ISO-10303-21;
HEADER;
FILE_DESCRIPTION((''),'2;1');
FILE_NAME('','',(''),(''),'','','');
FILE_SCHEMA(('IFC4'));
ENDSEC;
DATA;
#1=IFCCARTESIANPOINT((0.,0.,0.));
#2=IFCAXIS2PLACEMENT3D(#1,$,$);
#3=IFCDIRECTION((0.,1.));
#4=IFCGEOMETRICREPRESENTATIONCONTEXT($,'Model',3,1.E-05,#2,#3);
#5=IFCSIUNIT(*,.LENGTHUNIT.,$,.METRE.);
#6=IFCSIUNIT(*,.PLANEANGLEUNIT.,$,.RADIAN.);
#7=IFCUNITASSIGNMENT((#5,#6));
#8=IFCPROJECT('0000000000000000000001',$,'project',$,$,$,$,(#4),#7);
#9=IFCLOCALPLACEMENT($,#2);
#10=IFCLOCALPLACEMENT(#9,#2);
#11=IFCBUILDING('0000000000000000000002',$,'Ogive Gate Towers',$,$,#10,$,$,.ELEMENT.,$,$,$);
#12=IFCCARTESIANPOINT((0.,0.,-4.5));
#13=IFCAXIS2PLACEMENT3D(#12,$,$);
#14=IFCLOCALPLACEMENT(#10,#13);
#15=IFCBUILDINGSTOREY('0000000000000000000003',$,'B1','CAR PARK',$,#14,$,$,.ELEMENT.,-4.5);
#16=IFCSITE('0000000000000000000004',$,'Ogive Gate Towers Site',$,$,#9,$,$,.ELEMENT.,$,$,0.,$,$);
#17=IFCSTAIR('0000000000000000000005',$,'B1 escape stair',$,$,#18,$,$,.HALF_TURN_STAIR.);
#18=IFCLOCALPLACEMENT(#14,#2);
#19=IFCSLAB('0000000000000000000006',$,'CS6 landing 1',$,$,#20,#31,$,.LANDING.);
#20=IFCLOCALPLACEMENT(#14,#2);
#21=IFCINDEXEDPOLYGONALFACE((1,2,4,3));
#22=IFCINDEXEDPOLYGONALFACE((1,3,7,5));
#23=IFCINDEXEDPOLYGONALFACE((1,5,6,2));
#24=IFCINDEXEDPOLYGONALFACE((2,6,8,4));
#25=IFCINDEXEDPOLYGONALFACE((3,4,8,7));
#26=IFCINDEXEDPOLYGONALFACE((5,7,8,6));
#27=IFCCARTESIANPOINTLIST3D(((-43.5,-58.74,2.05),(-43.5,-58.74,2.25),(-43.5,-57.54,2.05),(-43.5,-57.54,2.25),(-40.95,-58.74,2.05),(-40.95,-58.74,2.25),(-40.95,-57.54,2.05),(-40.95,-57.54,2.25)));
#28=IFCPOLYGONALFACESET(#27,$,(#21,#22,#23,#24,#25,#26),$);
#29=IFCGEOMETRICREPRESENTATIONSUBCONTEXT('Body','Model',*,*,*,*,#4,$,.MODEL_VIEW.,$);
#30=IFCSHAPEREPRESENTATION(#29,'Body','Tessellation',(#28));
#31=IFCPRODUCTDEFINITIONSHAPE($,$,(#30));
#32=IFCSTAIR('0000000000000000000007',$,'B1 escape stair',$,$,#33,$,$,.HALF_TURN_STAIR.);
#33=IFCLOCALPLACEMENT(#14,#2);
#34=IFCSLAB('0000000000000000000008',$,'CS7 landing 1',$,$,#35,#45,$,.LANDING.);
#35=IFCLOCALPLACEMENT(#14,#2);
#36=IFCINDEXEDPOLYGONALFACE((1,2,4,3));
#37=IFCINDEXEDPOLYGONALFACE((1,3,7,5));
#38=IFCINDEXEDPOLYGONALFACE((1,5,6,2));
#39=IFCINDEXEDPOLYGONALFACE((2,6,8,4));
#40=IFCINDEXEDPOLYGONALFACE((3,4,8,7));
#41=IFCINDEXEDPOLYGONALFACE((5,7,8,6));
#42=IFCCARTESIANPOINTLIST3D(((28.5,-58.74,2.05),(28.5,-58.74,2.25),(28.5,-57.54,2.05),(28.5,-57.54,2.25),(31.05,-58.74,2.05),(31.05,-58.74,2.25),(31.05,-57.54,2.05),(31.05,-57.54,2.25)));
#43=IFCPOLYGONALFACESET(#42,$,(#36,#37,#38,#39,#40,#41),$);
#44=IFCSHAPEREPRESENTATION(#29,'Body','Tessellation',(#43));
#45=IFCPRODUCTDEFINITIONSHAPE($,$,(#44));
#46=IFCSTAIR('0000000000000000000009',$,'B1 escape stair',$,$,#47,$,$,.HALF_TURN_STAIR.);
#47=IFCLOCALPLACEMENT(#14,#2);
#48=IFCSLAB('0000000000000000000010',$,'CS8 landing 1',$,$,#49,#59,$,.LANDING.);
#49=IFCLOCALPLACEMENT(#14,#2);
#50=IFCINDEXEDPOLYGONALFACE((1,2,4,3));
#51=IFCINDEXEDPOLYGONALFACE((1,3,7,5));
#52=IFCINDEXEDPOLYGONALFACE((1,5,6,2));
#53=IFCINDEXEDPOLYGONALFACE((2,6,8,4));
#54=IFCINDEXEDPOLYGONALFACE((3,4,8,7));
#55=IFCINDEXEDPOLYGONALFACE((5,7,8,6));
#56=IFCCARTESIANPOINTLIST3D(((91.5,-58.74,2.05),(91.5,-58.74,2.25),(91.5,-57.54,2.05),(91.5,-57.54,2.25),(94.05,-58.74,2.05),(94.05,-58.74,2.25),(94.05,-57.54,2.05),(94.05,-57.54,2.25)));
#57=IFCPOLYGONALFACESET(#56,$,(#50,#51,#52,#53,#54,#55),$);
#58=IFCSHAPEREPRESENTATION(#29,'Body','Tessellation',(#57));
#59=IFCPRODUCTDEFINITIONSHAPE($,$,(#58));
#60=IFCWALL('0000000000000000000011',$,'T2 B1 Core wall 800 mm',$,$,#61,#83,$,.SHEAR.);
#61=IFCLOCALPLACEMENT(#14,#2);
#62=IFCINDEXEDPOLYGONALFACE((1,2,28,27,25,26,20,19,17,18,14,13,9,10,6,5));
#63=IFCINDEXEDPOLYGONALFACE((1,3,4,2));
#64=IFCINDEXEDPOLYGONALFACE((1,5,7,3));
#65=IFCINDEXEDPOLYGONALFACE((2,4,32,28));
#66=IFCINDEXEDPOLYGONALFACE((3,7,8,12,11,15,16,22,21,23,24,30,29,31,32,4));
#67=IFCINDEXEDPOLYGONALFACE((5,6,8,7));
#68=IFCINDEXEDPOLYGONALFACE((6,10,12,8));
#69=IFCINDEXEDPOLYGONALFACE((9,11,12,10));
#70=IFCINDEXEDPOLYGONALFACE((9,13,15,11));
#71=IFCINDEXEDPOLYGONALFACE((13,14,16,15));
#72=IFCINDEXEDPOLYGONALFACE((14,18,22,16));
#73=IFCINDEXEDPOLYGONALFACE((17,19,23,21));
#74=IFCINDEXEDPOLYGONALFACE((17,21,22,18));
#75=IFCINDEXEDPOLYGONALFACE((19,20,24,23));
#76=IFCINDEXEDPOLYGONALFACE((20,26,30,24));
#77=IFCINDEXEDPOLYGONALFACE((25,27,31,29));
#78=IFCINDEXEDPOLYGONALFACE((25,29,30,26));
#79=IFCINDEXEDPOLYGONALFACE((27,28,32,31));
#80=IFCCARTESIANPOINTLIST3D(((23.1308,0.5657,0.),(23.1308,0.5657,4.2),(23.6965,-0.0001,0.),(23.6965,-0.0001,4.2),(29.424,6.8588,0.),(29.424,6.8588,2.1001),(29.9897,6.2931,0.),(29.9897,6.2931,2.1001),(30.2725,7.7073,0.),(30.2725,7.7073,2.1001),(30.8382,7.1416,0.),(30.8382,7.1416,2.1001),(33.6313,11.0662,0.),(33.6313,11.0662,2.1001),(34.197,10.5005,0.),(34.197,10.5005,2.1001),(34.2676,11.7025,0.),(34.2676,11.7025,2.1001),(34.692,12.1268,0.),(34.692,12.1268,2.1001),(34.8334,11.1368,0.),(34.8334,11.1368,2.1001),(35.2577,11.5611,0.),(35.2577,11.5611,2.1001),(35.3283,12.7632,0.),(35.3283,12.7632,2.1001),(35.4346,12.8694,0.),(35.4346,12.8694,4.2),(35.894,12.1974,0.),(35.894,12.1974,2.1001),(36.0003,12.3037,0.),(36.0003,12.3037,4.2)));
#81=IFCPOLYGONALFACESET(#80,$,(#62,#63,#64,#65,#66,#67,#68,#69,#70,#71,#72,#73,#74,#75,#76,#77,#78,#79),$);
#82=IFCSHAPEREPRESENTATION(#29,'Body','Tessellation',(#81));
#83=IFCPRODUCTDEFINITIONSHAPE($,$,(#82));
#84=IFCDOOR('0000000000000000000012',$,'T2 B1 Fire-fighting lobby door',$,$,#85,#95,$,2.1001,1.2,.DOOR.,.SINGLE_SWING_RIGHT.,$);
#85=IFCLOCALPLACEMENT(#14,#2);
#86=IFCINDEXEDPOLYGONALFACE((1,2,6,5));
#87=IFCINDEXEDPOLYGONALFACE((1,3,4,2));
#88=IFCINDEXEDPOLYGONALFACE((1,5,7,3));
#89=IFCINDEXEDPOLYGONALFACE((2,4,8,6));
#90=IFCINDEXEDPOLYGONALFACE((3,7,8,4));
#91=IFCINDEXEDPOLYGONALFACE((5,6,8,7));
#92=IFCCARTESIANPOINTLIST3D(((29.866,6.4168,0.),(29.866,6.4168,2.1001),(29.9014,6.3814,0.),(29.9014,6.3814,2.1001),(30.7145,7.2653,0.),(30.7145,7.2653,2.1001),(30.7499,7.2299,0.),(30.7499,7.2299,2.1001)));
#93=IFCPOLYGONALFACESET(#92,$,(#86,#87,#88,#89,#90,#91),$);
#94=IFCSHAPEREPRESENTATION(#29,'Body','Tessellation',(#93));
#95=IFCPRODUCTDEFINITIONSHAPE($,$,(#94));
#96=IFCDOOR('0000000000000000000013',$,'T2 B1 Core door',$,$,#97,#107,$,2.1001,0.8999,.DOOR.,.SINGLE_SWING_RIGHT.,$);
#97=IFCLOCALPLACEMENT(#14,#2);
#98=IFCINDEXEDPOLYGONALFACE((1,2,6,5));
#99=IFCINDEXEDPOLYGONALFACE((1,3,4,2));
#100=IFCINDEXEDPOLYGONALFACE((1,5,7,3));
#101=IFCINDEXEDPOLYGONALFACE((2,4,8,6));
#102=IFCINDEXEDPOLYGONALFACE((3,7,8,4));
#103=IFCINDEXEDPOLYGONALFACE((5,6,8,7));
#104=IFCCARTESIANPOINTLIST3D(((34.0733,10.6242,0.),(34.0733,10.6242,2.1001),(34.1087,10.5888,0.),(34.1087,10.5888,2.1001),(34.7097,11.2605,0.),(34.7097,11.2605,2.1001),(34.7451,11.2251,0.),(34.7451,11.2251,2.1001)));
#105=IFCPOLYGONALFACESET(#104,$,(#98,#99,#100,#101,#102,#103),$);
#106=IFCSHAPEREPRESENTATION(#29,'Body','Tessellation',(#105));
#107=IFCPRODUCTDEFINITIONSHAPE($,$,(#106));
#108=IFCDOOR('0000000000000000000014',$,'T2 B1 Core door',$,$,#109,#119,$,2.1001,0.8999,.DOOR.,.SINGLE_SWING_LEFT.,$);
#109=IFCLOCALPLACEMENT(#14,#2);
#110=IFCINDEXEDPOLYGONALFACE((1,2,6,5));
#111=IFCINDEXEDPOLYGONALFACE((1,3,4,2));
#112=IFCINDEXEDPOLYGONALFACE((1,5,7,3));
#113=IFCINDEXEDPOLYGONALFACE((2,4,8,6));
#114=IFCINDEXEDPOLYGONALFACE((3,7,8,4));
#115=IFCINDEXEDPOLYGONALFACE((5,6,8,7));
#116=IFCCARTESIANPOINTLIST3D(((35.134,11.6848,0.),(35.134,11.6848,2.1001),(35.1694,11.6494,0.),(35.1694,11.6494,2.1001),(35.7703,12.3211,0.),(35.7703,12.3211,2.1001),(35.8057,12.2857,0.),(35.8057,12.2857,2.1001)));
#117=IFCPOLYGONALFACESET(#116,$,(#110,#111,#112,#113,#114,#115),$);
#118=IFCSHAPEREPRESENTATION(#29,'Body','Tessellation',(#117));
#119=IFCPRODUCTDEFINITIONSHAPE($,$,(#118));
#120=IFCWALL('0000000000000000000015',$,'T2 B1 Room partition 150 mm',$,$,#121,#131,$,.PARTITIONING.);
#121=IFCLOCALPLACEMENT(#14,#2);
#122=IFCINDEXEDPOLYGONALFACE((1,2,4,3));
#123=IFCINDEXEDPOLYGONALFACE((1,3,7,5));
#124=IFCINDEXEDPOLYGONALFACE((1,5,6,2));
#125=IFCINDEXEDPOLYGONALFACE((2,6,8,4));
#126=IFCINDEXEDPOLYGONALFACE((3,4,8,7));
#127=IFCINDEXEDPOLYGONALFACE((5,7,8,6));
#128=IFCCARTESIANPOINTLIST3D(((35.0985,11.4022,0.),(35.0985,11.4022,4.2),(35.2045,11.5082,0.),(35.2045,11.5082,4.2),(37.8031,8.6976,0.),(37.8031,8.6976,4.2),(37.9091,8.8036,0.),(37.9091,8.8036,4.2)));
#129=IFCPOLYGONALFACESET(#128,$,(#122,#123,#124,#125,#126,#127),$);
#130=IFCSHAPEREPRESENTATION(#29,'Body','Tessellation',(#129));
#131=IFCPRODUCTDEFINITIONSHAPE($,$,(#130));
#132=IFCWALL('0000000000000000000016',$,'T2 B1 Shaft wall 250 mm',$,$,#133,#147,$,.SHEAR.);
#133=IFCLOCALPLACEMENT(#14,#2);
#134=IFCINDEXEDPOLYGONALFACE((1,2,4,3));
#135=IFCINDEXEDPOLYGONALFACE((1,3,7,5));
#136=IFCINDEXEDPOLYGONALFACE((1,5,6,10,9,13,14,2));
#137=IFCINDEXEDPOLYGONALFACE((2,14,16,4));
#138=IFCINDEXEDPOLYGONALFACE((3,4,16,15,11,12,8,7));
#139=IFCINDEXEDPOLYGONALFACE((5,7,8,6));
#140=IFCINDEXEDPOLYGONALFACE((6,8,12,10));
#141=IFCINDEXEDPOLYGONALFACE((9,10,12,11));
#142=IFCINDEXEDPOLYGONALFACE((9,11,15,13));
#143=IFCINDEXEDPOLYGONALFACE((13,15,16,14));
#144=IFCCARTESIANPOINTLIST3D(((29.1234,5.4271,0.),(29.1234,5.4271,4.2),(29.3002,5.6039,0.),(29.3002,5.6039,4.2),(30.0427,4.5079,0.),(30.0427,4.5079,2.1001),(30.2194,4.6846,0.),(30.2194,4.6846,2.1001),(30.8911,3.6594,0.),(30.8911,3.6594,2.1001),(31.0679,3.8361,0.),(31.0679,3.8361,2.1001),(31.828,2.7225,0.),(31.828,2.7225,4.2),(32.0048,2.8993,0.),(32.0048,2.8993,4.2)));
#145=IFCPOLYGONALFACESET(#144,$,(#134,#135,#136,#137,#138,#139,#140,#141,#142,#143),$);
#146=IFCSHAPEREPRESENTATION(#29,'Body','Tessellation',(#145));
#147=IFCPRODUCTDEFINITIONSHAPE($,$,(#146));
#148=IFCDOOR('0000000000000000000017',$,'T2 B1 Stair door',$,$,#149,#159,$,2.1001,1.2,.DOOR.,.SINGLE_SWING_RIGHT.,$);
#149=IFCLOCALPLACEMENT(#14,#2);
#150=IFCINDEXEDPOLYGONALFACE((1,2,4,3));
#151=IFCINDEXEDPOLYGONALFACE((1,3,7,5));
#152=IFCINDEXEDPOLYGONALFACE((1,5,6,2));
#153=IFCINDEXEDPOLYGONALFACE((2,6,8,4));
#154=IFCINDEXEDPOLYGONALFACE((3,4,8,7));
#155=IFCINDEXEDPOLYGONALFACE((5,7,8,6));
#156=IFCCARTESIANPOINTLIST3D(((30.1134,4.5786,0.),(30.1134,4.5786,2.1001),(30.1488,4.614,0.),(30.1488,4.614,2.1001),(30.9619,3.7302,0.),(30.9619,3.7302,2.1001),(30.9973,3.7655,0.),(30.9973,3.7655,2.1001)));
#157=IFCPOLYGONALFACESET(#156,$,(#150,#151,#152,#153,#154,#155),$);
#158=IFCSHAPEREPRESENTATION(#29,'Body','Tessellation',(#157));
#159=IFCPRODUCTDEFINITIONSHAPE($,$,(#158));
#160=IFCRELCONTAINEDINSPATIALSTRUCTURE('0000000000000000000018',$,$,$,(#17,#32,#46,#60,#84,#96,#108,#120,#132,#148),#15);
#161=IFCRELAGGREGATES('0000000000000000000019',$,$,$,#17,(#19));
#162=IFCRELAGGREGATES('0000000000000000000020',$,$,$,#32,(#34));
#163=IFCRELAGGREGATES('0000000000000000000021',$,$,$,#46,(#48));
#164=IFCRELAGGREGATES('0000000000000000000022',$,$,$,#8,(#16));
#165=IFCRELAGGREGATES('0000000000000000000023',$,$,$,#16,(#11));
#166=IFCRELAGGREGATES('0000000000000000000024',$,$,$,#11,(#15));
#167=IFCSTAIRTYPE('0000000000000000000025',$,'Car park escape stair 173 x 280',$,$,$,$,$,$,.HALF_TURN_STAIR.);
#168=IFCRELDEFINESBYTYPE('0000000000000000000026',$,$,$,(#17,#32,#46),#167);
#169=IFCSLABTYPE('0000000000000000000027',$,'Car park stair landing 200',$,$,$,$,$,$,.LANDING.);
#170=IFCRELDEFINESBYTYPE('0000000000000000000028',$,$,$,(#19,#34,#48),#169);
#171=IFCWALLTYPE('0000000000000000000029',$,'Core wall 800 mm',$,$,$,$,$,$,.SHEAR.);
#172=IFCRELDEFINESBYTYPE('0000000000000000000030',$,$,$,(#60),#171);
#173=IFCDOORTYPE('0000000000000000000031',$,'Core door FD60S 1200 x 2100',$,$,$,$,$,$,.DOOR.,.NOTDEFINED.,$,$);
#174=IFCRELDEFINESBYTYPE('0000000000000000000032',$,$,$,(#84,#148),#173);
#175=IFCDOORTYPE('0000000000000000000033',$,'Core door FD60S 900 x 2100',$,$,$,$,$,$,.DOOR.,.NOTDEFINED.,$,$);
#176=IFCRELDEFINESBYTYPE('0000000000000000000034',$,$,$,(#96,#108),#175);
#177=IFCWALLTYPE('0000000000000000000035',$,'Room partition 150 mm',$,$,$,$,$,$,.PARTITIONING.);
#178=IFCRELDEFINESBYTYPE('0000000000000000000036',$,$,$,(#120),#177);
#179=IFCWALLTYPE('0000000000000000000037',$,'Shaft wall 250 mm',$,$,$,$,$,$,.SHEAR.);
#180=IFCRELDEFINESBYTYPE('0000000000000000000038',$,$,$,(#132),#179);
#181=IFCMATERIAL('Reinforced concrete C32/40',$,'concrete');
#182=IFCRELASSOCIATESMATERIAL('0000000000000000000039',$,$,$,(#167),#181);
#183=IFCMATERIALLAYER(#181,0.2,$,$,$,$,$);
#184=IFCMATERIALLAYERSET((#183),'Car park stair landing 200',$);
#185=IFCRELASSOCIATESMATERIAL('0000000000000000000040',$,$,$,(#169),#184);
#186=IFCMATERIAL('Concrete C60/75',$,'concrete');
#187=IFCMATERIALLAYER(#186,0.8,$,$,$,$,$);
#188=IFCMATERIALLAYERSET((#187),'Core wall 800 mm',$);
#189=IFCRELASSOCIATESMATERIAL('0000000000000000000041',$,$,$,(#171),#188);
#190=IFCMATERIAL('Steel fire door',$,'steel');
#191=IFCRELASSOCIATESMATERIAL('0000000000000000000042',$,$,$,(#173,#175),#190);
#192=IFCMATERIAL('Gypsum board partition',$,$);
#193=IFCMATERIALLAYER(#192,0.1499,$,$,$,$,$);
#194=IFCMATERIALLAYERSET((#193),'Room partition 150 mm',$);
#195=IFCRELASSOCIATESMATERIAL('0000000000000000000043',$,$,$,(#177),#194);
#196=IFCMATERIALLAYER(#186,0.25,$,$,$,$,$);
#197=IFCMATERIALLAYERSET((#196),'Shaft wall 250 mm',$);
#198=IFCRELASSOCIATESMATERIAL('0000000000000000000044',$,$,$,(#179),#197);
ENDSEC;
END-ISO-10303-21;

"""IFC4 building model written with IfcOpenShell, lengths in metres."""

from ifc_helpers import new_model, si_unit, direction, frame, frame_2d, origin, place, context, subcontext, project, spatial, polyline, rectangle, outline, extrude, material, layer, layer_set, type_object, element, fill, aggregate, save


model = new_model("IFC4")

# Units and contexts
model_context = context("Model", 3, precision=1e-05, world=origin(), true_north=direction((0.0, 1.0)))
body_context = subcontext(model_context, "Body", "Model", "MODEL_VIEW")
ifc_project = project(units=[si_unit("LENGTHUNIT", "METRE"), si_unit("PLANEANGLEUNIT", "RADIAN")], contexts=[model_context])

# Site, building, storey
site_placement = place(None, origin())
site = spatial("IfcSite", under=ifc_project, at=site_placement, Name="Ogive Gate Towers Site", CompositionType="ELEMENT", RefElevation=0.0)
building_placement = place(site_placement, origin())
building = spatial("IfcBuilding", under=site, at=building_placement, Name="Ogive Gate Towers", CompositionType="ELEMENT")
storey_placement = place(building_placement, frame((0.0, 0.0, -4.5)))
storey = spatial("IfcBuildingStorey", under=building, at=storey_placement, Name="B1", Description="CAR PARK", CompositionType="ELEMENT", Elevation=-4.5)

# Stairs, slabs
ifc_material_1 = material(Name="Reinforced concrete C32/40", Category="concrete")
stair_type_1 = type_object("IfcStairType", Name="Car park escape stair 173 x 280", PredefinedType="HALF_TURN_STAIR", material=ifc_material_1)
ifc_layer_1 = layer(ifc_material_1, 0.2)
ifc_layer_set_1 = layer_set([ifc_layer_1], Name="Car park stair landing 200")
slab_type = type_object("IfcSlabType", Name="Car park stair landing 200", PredefinedType="LANDING", material=ifc_layer_set_1)
stair_1_placement = place(storey_placement, origin())
stair_1 = element("IfcStair", 1, at=stair_1_placement, inside=storey, type_object=stair_type_1, Name="B1 escape stair", PredefinedType="HALF_TURN_STAIR")
slab_1_placement = place(storey_placement, frame((0.0, 0.0, 2.05)))
slab_1 = element("IfcSlab", 2, at=slab_1_placement, type_object=slab_type, Name="CS6 landing 1", PredefinedType="LANDING", context=body_context, shape_type="SweptSolid", body=[
    extrude(outline(polyline([(-40.95, -58.74), (-40.95, -57.54), (-43.5, -57.54), (-43.5, -58.74), (-40.95, -58.74)])), origin(), (0.0, 0.0, 1.0), 0.2),
])
aggregate(stair_1, [slab_1])
stair_2_placement = place(storey_placement, origin())
stair_2 = element("IfcStair", 3, at=stair_2_placement, inside=storey, type_object=stair_type_1, Name="B1 escape stair", PredefinedType="HALF_TURN_STAIR")
slab_2_placement = place(storey_placement, frame((0.0, 0.0, 2.05)))
slab_2 = element("IfcSlab", 4, at=slab_2_placement, type_object=slab_type, Name="CS7 landing 1", PredefinedType="LANDING", context=body_context, shape_type="SweptSolid", body=[
    extrude(outline(polyline([(31.05, -58.74), (31.05, -57.54), (28.5, -57.54), (28.5, -58.74), (31.05, -58.74)])), origin(), (0.0, 0.0, 1.0), 0.2),
])
aggregate(stair_2, [slab_2])
stair_3_placement = place(storey_placement, origin())
stair_3 = element("IfcStair", 5, at=stair_3_placement, inside=storey, type_object=stair_type_1, Name="B1 escape stair", PredefinedType="HALF_TURN_STAIR")
slab_3_placement = place(storey_placement, frame((0.0, 0.0, 2.05)))
slab_3 = element("IfcSlab", 6, at=slab_3_placement, type_object=slab_type, Name="CS8 landing 1", PredefinedType="LANDING", context=body_context, shape_type="SweptSolid", body=[
    extrude(outline(polyline([(94.05, -58.74), (94.05, -57.54), (91.5, -57.54), (91.5, -58.74), (94.05, -58.74)])), origin(), (0.0, 0.0, 1.0), 0.2),
])
aggregate(stair_3, [slab_3])

# Wall, openings, doors
ifc_material_2 = material(Name="Concrete C60/75", Category="concrete")
ifc_layer_2 = layer(ifc_material_2, 0.8)
ifc_layer_set_2 = layer_set([ifc_layer_2], Name="Core wall 800 mm")
wall_type_1 = type_object("IfcWallType", Name="Core wall 800 mm", PredefinedType="SHEAR", material=ifc_layer_set_2)
wall_1_placement = place(storey_placement, frame((23.4136, 0.2827, 0.0), z_axis=(0.0, 0.0, 1.0), x_axis=(0.707107, 0.707107, 0.0)))
wall_1 = element("IfcWall", 7, at=wall_1_placement, inside=storey, type_object=wall_type_1, Name="T2 B1 Core wall 800 mm", PredefinedType="SHEAR", context=body_context, shape_type="SweptSolid", body=[
    extrude(rectangle(XDim=17.4001, YDim=0.8, at=frame_2d((8.7002, 0.0))), origin(), (0.0, 0.0, 1.0), 4.2),
])
opening_1_placement = place(wall_1_placement, frame((8.8999, 0.0, 0.0)))
opening_1 = element("IfcOpeningElement", 8, at=opening_1_placement, cuts=wall_1, PredefinedType="OPENING", context=body_context, shape_type="SweptSolid", body=[
    extrude(rectangle(XDim=1.2, YDim=2.1001, at=frame_2d((0.6001, 1.05))), frame((0.0, 0.4102, 0.0), z_axis=(0.0, -1.0, 0.0), x_axis=(1.0, 0.0, 0.0)), (0.0, 0.0, 1.0), 0.8201),
])
opening_2_placement = place(wall_1_placement, frame((14.8501, 0.0, 0.0)))
opening_2 = element("IfcOpeningElement", 9, at=opening_2_placement, cuts=wall_1, PredefinedType="OPENING", context=body_context, shape_type="SweptSolid", body=[
    extrude(rectangle(XDim=0.8999, YDim=2.1001, at=frame_2d((0.45, 1.05))), frame((0.0, 0.4102, 0.0), z_axis=(0.0, -1.0, 0.0), x_axis=(1.0, 0.0, 0.0)), (0.0, 0.0, 1.0), 0.8201),
])
opening_3_placement = place(wall_1_placement, frame((16.3501, 0.0, 0.0)))
opening_3 = element("IfcOpeningElement", 10, at=opening_3_placement, cuts=wall_1, PredefinedType="OPENING", context=body_context, shape_type="SweptSolid", body=[
    extrude(rectangle(XDim=0.8999, YDim=2.1001, at=frame_2d((0.45, 1.05))), frame((0.0, 0.4102, 0.0), z_axis=(0.0, -1.0, 0.0), x_axis=(1.0, 0.0, 0.0)), (0.0, 0.0, 1.0), 0.8201),
])
ifc_material_3 = material(Name="Steel fire door", Category="steel")
door_type_1 = type_object("IfcDoorType", Name="Core door FD60S 1200 x 2100", OperationType="NOTDEFINED", PredefinedType="DOOR", material=ifc_material_3)
door_1_placement = place(opening_1_placement, origin())
door_1 = element("IfcDoor", 11, at=door_1_placement, inside=storey, type_object=door_type_1, Name="T2 B1 Fire-fighting lobby door", OperationType="SINGLE_SWING_RIGHT", OverallHeight=2.1001, OverallWidth=1.2, PredefinedType="DOOR", context=body_context, shape_type="SweptSolid", body=[
    extrude(rectangle(XDim=1.2, YDim=2.1001, at=frame_2d((0.6001, 1.05))), frame((0.0, -0.2251, 0.0), z_axis=(0.0, -1.0, 0.0), x_axis=(1.0, 0.0, 0.0)), (0.0, 0.0, 1.0), 0.05),
])
fill(opening_1, door_1)
door_type_2 = type_object("IfcDoorType", Name="Core door FD60S 900 x 2100", OperationType="NOTDEFINED", PredefinedType="DOOR", material=ifc_material_3)
door_2_placement = place(opening_2_placement, origin())
door_2 = element("IfcDoor", 12, at=door_2_placement, inside=storey, type_object=door_type_2, Name="T2 B1 Core door", OperationType="SINGLE_SWING_RIGHT", OverallHeight=2.1001, OverallWidth=0.8999, PredefinedType="DOOR", context=body_context, shape_type="SweptSolid", body=[
    extrude(rectangle(XDim=0.8999, YDim=2.1001, at=frame_2d((0.45, 1.05))), frame((0.0, -0.2251, 0.0), z_axis=(0.0, -1.0, 0.0), x_axis=(1.0, 0.0, 0.0)), (0.0, 0.0, 1.0), 0.05),
])
fill(opening_2, door_2)
door_3_placement = place(opening_3_placement, origin())
door_3 = element("IfcDoor", 13, at=door_3_placement, inside=storey, type_object=door_type_2, Name="T2 B1 Core door", OperationType="SINGLE_SWING_LEFT", OverallHeight=2.1001, OverallWidth=0.8999, PredefinedType="DOOR", context=body_context, shape_type="SweptSolid", body=[
    extrude(rectangle(XDim=0.8999, YDim=2.1001, at=frame_2d((0.45, 1.05))), frame((0.0, -0.2251, 0.0), z_axis=(0.0, -1.0, 0.0), x_axis=(1.0, 0.0, 0.0)), (0.0, 0.0, 1.0), 0.05),
])
fill(opening_3, door_3)

# Wall
ifc_material_4 = material(Name="Gypsum board partition")
ifc_layer_3 = layer(ifc_material_4, 0.1499)
ifc_layer_set_3 = layer_set([ifc_layer_3], Name="Room partition 150 mm")
wall_type_2 = type_object("IfcWallType", Name="Room partition 150 mm", PredefinedType="PARTITIONING", material=ifc_layer_set_3)
wall_2_placement = place(storey_placement, frame((37.8562, 8.7505, 0.0), z_axis=(0.0, 0.0, 1.0), x_axis=(-0.707107, 0.707107, 0.0)))
element("IfcWall", 14, at=wall_2_placement, inside=storey, type_object=wall_type_2, Name="T2 B1 Room partition 150 mm", PredefinedType="PARTITIONING", context=body_context, shape_type="SweptSolid", body=[
    extrude(rectangle(XDim=3.825, YDim=0.1499, at=frame_2d((1.9126, 0.0))), origin(), (0.0, 0.0, 1.0), 4.2),
])

# Wall, opening, door
ifc_layer_4 = layer(ifc_material_2, 0.25)
ifc_layer_set_4 = layer_set([ifc_layer_4], Name="Shaft wall 250 mm")
wall_type_3 = type_object("IfcWallType", Name="Shaft wall 250 mm", PredefinedType="SHEAR", material=ifc_layer_set_4)
wall_3_placement = place(storey_placement, frame((31.9165, 2.8108, 0.0), z_axis=(0.0, 0.0, 1.0), x_axis=(-0.707107, 0.707107, 0.0)))
wall_3 = element("IfcWall", 15, at=wall_3_placement, inside=storey, type_object=wall_type_3, Name="T2 B1 Shaft wall 250 mm", PredefinedType="SHEAR", context=body_context, shape_type="SweptSolid", body=[
    extrude(rectangle(XDim=3.825, YDim=0.25, at=frame_2d((1.9126, 0.0))), origin(), (0.0, 0.0, 1.0), 4.2),
])
opening_4_placement = place(wall_3_placement, frame((1.325, 0.0, 0.0)))
opening_4 = element("IfcOpeningElement", 16, at=opening_4_placement, cuts=wall_3, PredefinedType="OPENING", context=body_context, shape_type="SweptSolid", body=[
    extrude(rectangle(XDim=1.2, YDim=2.1001, at=frame_2d((0.6001, 1.05))), frame((0.0, 0.135, 0.0), z_axis=(0.0, -1.0, 0.0), x_axis=(1.0, 0.0, 0.0)), (0.0, 0.0, 1.0), 0.27),
])
door_4_placement = place(opening_4_placement, origin())
door_4 = element("IfcDoor", 17, at=door_4_placement, inside=storey, type_object=door_type_1, Name="T2 B1 Stair door", OperationType="SINGLE_SWING_RIGHT", OverallHeight=2.1001, OverallWidth=1.2, PredefinedType="DOOR", context=body_context, shape_type="SweptSolid", body=[
    extrude(rectangle(XDim=1.2, YDim=2.1001, at=frame_2d((0.6001, 1.05))), frame((0.0, 0.0249, 0.0), z_axis=(0.0, -1.0, 0.0), x_axis=(1.0, 0.0, 0.0)), (0.0, 0.0, 1.0), 0.05),
])
fill(opening_4, door_4)

save(model, "model.ifc")
